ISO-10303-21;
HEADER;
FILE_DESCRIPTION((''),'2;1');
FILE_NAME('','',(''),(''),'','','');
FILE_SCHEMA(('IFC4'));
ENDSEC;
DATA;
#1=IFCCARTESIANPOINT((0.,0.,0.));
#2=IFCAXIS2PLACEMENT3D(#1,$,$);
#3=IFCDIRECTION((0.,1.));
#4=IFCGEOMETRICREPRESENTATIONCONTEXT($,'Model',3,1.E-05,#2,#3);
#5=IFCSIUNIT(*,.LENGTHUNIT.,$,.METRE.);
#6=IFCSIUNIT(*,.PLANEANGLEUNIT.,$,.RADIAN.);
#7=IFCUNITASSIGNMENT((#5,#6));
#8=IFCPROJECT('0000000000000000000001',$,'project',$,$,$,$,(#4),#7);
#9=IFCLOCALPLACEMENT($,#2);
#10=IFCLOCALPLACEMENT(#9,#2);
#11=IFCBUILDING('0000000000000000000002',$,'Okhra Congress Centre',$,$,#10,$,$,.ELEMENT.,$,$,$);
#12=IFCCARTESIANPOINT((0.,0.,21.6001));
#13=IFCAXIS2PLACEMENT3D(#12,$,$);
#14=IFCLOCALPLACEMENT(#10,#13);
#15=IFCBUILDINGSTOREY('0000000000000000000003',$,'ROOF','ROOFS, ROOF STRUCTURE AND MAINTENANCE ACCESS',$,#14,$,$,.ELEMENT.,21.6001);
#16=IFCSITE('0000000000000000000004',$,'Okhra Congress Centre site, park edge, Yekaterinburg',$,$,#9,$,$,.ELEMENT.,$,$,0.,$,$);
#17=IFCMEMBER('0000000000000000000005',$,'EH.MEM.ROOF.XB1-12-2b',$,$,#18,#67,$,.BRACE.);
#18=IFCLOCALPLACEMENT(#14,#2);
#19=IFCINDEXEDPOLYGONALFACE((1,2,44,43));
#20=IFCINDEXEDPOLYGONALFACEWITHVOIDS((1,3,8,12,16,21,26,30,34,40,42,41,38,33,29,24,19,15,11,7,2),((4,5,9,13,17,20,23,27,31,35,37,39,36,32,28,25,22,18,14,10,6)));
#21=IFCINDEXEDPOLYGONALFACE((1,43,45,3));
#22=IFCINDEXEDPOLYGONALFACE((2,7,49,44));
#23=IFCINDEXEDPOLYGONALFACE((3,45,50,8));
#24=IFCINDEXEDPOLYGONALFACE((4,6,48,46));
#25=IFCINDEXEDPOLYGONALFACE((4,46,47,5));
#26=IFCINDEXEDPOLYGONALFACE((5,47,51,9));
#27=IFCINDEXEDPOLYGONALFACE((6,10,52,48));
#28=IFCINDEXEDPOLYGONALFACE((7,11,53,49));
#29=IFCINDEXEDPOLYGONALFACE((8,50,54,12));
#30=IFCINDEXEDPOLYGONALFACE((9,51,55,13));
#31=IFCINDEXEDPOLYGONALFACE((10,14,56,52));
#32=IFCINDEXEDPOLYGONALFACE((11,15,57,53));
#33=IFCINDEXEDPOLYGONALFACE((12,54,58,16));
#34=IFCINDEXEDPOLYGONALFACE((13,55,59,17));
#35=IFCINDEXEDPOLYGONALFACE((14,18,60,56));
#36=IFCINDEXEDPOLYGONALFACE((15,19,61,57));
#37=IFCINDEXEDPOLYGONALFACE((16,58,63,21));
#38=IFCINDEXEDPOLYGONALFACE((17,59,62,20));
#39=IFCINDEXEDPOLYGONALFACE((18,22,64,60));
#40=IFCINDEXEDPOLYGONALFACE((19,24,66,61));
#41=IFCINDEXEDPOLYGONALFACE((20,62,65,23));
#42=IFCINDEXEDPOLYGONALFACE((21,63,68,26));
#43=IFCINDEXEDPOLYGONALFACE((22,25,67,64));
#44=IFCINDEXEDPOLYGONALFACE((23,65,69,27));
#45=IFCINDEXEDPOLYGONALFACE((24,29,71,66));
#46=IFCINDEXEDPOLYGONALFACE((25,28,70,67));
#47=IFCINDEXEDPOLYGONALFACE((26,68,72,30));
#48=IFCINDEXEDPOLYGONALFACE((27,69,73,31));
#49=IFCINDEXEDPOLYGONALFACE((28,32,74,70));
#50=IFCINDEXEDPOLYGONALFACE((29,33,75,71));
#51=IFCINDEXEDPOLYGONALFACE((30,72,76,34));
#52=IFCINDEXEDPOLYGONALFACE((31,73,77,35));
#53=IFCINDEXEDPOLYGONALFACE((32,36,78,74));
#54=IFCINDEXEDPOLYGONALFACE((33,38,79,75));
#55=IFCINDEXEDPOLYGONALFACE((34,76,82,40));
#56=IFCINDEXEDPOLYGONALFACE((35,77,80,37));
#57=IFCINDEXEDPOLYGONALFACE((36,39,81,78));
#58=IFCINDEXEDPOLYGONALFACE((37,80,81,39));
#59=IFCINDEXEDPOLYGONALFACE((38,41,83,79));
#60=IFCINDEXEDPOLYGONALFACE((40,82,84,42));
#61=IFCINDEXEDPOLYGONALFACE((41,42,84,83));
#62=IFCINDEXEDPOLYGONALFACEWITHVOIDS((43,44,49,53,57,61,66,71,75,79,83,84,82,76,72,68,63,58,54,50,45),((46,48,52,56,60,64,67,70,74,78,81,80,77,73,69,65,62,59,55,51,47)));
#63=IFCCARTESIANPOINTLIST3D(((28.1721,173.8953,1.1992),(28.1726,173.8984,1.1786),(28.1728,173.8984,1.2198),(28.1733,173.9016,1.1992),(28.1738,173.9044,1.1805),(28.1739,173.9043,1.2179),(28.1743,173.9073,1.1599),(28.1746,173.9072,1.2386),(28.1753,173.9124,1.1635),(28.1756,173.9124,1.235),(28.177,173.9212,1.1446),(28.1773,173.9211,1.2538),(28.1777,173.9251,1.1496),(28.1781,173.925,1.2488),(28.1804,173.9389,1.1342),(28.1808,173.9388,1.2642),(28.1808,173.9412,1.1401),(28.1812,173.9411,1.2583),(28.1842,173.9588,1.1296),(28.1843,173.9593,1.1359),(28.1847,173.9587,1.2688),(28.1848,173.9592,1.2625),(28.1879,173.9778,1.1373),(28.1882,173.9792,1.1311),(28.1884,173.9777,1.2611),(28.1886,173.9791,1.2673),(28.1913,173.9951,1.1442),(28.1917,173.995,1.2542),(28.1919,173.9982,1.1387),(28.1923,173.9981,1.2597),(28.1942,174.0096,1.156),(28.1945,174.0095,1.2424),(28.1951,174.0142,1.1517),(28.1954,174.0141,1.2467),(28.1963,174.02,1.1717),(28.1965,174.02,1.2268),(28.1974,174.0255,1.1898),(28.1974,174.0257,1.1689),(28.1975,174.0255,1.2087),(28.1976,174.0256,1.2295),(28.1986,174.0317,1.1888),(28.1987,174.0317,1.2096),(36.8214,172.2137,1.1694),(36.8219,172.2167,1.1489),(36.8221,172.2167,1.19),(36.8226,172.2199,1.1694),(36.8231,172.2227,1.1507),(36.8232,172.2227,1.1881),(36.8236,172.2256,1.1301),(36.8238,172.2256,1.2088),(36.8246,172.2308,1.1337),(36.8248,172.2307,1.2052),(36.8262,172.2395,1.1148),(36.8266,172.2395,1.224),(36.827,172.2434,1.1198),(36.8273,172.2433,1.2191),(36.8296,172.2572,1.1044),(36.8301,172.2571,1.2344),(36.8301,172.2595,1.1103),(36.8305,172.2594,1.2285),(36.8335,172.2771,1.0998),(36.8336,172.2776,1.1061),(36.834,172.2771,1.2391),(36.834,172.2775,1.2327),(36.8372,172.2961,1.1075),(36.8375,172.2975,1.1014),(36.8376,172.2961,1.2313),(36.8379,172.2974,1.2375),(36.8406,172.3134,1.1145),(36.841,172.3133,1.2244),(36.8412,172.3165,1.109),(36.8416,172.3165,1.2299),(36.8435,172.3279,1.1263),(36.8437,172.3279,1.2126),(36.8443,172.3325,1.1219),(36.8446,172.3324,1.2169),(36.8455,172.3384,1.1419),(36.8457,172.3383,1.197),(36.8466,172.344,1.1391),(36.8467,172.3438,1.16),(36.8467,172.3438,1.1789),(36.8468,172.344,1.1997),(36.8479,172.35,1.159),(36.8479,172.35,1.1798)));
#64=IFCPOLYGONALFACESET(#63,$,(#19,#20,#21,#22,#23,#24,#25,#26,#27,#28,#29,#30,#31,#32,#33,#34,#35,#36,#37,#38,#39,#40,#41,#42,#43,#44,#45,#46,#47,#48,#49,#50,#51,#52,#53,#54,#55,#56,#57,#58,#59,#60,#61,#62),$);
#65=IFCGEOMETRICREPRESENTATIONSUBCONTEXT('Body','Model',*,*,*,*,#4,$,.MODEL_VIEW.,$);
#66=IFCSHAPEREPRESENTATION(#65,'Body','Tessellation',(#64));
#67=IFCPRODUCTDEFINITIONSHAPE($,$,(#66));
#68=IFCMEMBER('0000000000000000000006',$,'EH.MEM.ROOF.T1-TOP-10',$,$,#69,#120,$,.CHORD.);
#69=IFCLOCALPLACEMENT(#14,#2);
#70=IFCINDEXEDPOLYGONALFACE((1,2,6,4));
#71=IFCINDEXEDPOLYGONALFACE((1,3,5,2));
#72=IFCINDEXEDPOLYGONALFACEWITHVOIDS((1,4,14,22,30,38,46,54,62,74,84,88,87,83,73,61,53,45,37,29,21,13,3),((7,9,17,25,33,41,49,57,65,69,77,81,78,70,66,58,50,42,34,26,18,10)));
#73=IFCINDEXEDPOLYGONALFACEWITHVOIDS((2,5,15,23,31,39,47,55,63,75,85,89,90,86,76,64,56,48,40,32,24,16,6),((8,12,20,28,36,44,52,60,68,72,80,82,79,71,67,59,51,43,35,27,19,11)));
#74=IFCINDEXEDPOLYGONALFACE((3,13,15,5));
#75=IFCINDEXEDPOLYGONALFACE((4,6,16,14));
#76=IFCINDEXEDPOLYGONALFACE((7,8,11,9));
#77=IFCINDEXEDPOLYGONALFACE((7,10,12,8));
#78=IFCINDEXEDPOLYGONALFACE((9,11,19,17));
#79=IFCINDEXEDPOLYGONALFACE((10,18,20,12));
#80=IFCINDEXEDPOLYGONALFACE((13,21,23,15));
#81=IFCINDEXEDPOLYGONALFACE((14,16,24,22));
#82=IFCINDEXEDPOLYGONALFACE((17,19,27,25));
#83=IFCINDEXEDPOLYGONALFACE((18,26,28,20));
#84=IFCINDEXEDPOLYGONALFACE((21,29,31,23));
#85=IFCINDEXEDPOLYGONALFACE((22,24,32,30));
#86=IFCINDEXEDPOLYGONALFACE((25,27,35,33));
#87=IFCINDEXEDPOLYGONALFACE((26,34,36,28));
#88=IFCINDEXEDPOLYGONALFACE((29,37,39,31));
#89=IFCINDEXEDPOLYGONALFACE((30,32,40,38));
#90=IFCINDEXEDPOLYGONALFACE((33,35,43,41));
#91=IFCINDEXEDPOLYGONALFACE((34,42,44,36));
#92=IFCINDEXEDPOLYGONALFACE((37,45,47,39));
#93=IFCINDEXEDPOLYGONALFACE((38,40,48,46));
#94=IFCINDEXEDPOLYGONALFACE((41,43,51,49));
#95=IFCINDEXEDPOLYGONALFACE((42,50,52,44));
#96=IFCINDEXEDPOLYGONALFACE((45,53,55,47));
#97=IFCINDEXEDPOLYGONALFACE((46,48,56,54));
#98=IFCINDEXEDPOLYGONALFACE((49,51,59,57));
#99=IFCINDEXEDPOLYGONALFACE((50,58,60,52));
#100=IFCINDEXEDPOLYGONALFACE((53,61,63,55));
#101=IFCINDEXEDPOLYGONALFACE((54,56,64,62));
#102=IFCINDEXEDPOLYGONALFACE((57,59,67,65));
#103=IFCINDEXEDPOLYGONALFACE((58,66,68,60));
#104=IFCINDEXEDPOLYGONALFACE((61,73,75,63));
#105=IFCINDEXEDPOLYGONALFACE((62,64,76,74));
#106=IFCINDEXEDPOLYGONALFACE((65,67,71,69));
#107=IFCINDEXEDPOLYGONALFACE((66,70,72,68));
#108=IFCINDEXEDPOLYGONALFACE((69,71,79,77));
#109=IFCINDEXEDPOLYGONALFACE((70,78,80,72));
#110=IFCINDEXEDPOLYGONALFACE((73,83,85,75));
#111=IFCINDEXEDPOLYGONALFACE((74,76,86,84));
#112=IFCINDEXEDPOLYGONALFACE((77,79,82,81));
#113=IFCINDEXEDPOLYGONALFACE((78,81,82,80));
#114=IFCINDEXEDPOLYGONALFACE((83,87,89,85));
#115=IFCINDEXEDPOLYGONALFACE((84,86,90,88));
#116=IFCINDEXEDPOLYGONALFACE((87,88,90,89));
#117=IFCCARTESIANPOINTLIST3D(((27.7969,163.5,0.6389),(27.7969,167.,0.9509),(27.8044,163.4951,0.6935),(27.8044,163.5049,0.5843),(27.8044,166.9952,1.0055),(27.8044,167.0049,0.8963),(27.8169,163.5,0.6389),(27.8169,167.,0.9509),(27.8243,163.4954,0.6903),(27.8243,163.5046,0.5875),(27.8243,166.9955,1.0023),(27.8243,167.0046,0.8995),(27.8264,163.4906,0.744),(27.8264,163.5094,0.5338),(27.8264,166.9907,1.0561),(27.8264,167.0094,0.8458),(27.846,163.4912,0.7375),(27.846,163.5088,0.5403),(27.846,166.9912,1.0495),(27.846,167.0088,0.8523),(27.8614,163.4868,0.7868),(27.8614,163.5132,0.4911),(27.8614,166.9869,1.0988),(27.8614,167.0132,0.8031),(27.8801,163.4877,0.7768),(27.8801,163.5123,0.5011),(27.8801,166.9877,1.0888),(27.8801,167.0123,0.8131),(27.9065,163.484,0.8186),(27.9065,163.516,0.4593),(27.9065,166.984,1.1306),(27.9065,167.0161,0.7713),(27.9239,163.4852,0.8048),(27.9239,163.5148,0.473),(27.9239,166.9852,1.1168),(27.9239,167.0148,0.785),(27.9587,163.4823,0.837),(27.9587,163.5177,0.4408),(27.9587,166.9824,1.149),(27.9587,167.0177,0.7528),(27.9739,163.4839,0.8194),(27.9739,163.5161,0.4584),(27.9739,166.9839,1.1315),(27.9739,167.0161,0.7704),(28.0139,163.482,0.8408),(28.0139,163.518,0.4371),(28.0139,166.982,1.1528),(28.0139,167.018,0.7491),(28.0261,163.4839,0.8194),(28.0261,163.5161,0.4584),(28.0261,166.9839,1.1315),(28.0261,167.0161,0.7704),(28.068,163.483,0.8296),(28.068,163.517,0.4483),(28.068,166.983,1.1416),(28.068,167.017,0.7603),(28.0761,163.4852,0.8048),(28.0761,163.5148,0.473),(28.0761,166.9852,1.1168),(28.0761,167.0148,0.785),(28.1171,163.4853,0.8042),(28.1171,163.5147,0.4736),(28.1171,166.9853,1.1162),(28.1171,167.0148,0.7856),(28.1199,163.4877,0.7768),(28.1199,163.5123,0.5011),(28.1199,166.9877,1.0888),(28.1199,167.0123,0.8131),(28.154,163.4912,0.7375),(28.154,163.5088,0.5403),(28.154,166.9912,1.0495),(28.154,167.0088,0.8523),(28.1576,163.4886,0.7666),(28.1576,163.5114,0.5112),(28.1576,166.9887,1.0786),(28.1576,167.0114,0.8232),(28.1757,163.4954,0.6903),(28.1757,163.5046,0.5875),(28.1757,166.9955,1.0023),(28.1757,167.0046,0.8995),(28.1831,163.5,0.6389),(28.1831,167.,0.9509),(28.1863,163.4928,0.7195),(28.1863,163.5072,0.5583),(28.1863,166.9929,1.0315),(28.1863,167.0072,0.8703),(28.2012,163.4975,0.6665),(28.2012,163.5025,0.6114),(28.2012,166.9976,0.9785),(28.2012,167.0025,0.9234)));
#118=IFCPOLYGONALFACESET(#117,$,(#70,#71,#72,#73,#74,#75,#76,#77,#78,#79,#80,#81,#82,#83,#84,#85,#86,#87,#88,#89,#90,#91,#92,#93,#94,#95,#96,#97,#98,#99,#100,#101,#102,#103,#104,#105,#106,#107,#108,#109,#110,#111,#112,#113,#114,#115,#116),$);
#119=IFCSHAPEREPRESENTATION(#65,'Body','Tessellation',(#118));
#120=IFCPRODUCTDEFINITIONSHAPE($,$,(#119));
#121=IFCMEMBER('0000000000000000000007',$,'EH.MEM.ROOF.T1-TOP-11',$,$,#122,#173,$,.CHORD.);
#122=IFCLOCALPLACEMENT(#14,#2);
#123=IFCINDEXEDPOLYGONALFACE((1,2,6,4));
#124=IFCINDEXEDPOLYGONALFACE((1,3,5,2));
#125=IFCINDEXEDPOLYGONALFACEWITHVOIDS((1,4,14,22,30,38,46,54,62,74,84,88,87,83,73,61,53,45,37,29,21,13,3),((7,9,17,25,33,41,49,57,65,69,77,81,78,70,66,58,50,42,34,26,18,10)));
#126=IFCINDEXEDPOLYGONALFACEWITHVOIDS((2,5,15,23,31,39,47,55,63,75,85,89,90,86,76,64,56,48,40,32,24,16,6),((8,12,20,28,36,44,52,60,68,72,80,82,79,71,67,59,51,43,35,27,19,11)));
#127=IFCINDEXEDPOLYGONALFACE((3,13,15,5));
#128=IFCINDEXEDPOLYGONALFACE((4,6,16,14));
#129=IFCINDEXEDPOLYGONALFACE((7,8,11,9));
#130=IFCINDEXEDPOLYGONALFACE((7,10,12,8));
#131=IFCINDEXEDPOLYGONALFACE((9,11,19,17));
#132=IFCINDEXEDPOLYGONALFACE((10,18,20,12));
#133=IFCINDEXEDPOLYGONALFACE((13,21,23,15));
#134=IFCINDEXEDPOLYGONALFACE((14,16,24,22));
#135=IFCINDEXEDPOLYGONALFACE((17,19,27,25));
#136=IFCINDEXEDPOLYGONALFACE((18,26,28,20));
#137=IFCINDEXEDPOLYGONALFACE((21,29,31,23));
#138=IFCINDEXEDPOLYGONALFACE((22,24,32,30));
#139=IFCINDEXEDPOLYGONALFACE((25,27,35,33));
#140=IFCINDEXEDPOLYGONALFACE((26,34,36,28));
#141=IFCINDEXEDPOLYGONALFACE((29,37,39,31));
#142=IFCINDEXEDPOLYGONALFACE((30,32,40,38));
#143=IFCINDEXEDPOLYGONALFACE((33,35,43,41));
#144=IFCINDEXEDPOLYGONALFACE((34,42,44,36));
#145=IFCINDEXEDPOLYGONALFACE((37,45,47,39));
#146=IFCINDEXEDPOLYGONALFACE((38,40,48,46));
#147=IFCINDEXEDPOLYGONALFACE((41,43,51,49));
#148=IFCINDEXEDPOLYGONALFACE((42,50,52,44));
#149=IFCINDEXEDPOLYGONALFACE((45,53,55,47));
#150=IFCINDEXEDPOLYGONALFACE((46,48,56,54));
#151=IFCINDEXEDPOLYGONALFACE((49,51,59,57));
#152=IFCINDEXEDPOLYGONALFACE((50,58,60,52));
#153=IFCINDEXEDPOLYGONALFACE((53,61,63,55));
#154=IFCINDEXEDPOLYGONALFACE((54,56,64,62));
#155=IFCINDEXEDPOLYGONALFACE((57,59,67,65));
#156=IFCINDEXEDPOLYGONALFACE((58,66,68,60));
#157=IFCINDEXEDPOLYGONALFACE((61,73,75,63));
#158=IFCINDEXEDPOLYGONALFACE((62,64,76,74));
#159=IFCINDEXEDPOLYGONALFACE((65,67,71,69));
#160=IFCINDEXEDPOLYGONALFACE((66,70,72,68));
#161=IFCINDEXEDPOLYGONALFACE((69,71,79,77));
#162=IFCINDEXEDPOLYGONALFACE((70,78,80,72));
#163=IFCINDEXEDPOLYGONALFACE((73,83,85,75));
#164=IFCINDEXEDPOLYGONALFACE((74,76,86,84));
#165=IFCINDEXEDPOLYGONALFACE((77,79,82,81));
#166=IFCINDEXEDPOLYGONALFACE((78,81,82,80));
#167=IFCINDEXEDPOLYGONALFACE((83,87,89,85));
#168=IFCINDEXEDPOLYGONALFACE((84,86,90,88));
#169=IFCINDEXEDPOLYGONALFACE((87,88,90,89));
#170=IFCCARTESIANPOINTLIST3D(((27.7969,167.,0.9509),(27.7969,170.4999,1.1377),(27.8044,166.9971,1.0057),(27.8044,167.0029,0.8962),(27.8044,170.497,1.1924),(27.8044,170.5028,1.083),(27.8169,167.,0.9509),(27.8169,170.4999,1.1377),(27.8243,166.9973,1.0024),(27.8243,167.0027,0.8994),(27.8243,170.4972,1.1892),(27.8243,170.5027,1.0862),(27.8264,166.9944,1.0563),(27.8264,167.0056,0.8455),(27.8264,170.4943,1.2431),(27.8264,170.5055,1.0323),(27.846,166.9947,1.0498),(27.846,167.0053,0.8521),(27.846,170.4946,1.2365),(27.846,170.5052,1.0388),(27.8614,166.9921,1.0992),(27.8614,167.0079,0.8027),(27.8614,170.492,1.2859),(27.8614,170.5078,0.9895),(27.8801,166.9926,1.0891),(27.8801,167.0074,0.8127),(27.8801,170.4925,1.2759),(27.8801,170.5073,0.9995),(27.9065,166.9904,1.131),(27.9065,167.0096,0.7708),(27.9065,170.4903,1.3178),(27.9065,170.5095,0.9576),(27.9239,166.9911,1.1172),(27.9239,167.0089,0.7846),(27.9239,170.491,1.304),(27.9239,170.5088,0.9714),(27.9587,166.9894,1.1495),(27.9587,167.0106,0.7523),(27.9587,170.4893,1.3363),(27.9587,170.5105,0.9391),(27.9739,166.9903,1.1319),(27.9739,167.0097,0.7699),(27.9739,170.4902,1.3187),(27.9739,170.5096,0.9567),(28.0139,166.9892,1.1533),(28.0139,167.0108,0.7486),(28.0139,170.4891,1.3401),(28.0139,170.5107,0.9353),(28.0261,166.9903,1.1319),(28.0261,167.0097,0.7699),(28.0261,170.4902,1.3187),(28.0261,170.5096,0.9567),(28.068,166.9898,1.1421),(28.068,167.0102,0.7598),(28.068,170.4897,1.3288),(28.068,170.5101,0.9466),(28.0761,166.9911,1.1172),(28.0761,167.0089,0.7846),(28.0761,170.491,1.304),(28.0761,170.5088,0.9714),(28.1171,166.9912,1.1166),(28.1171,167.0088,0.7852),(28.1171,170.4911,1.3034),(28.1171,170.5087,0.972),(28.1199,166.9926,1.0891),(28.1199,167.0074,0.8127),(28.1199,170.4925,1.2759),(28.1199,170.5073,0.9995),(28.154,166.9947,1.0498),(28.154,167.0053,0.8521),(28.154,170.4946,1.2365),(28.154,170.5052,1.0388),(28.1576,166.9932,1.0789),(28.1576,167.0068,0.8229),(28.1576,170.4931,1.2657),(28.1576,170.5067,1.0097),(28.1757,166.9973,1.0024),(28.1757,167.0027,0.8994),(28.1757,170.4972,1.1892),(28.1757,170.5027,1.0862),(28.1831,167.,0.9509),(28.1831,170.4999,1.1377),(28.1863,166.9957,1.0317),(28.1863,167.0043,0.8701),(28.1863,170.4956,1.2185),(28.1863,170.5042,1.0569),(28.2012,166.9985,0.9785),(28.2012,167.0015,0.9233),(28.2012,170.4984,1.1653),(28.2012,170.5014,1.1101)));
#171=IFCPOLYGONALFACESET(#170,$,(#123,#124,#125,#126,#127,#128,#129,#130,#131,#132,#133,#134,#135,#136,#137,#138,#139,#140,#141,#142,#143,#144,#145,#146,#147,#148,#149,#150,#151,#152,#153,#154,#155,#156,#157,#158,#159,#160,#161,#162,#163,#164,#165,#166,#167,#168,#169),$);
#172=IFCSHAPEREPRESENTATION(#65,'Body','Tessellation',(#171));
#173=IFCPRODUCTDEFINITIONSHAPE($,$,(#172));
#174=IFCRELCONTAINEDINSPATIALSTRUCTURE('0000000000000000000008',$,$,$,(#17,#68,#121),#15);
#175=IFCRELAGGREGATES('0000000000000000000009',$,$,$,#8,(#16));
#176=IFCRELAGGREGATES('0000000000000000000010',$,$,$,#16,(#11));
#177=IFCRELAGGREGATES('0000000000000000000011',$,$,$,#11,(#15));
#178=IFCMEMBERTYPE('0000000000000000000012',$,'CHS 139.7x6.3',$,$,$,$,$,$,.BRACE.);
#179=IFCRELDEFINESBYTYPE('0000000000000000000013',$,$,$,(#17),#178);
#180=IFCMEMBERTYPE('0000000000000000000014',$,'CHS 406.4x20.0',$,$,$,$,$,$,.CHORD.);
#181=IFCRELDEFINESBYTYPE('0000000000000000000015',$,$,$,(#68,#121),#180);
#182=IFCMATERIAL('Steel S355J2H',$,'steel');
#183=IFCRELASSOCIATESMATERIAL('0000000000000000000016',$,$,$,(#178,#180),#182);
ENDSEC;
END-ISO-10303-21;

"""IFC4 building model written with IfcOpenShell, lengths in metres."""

from ifc_helpers import new_model, si_unit, direction, frame, origin, origin_2d, place, context, subcontext, project, spatial, hollow_circle, extrude, material, material_profile, profile_set, type_object, element, save


model = new_model("IFC4")

# Units and contexts
model_context = context("Model", 3, precision=1e-05, world=origin(), true_north=direction((0.0, 1.0)))
body_context = subcontext(model_context, "Body", "Model", "MODEL_VIEW")
ifc_project = project(units=[si_unit("LENGTHUNIT", "METRE"), si_unit("PLANEANGLEUNIT", "RADIAN")], contexts=[model_context])

# Site, building, storey
site_placement = place(None, origin())
site = spatial("IfcSite", under=ifc_project, at=site_placement, Name="Okhra Congress Centre site, park edge, Yekaterinburg", CompositionType="ELEMENT", RefElevation=0.0)
building_placement = place(site_placement, origin())
building = spatial("IfcBuilding", under=site, at=building_placement, Name="Okhra Congress Centre", CompositionType="ELEMENT")
storey_placement = place(building_placement, frame((0.0, 0.0, 21.6001)))
storey = spatial("IfcBuildingStorey", under=building, at=storey_placement, Name="ROOF", Description="ROOFS, ROOF STRUCTURE AND MAINTENANCE ACCESS", CompositionType="ELEMENT", Elevation=21.6001)

# Members
ifc_material_1 = material(Name="Steel S355J2H", Category="steel")
ifc_material_profile_1 = material_profile(ifc_material_1, hollow_circle(Radius=0.0698, WallThickness=0.0063, at=origin_2d()), Name="CHS 139.7x6.3")
ifc_profile_set_1 = profile_set([ifc_material_profile_1], Name="Steel S355J2H")
member_type_1 = type_object("IfcMemberType", Name="CHS 139.7x6.3", PredefinedType="BRACE", material=ifc_profile_set_1)
for number, where, z_axis, x_axis, name in (
    (1, (36.8347, 172.2822, 1.1694), (-0.981613, 0.190853, 0.00338), (-0.190854, -0.981618, 0.0), "EH.MEM.ROOF.XB1-12-2b"),
):
    element("IfcMember", number, at=place(storey_placement, frame(where, z_axis=z_axis, x_axis=x_axis)), inside=storey, type_object=member_type_1, Name=name, PredefinedType="BRACE", context=body_context, shape_type="SweptSolid", body=[
        extrude(hollow_circle(Radius=0.0698, WallThickness=0.0063, at=origin_2d()), origin(), (0.0, 0.0, 1.0), 8.8113),
    ])
ifc_material_profile_2 = material_profile(ifc_material_1, hollow_circle(Radius=0.2031, WallThickness=0.02, at=origin_2d()), Name="CHS 406.4x20.0")
ifc_profile_set_2 = profile_set([ifc_material_profile_2], Name="Steel S355J2H")
member_type_2 = type_object("IfcMemberType", Name="CHS 406.4x20.0", PredefinedType="CHORD", material=ifc_profile_set_2)
member_1_placement = place(storey_placement, frame((28.0, 163.5, 0.6389), z_axis=(0.0, 0.99605, 0.088794), x_axis=(-1.0, 0.0, 0.0)))
element("IfcMember", 2, at=member_1_placement, inside=storey, type_object=member_type_2, Name="EH.MEM.ROOF.T1-TOP-10", PredefinedType="CHORD", context=body_context, shape_type="SweptSolid", body=[
    extrude(hollow_circle(Radius=0.2031, WallThickness=0.02, at=origin_2d()), origin(), (0.0, 0.0, 1.0), 3.5139),
])
member_2_placement = place(storey_placement, frame((28.0, 167.0, 0.9509), z_axis=(0.0, 0.998579, 0.053286), x_axis=(-1.0, 0.0, 0.0)))
element("IfcMember", 3, at=member_2_placement, inside=storey, type_object=member_type_2, Name="EH.MEM.ROOF.T1-TOP-11", PredefinedType="CHORD", context=body_context, shape_type="SweptSolid", body=[
    extrude(hollow_circle(Radius=0.2031, WallThickness=0.02, at=origin_2d()), origin(), (0.0, 0.0, 1.0), 3.5049),
])

save(model, "model.ifc")
